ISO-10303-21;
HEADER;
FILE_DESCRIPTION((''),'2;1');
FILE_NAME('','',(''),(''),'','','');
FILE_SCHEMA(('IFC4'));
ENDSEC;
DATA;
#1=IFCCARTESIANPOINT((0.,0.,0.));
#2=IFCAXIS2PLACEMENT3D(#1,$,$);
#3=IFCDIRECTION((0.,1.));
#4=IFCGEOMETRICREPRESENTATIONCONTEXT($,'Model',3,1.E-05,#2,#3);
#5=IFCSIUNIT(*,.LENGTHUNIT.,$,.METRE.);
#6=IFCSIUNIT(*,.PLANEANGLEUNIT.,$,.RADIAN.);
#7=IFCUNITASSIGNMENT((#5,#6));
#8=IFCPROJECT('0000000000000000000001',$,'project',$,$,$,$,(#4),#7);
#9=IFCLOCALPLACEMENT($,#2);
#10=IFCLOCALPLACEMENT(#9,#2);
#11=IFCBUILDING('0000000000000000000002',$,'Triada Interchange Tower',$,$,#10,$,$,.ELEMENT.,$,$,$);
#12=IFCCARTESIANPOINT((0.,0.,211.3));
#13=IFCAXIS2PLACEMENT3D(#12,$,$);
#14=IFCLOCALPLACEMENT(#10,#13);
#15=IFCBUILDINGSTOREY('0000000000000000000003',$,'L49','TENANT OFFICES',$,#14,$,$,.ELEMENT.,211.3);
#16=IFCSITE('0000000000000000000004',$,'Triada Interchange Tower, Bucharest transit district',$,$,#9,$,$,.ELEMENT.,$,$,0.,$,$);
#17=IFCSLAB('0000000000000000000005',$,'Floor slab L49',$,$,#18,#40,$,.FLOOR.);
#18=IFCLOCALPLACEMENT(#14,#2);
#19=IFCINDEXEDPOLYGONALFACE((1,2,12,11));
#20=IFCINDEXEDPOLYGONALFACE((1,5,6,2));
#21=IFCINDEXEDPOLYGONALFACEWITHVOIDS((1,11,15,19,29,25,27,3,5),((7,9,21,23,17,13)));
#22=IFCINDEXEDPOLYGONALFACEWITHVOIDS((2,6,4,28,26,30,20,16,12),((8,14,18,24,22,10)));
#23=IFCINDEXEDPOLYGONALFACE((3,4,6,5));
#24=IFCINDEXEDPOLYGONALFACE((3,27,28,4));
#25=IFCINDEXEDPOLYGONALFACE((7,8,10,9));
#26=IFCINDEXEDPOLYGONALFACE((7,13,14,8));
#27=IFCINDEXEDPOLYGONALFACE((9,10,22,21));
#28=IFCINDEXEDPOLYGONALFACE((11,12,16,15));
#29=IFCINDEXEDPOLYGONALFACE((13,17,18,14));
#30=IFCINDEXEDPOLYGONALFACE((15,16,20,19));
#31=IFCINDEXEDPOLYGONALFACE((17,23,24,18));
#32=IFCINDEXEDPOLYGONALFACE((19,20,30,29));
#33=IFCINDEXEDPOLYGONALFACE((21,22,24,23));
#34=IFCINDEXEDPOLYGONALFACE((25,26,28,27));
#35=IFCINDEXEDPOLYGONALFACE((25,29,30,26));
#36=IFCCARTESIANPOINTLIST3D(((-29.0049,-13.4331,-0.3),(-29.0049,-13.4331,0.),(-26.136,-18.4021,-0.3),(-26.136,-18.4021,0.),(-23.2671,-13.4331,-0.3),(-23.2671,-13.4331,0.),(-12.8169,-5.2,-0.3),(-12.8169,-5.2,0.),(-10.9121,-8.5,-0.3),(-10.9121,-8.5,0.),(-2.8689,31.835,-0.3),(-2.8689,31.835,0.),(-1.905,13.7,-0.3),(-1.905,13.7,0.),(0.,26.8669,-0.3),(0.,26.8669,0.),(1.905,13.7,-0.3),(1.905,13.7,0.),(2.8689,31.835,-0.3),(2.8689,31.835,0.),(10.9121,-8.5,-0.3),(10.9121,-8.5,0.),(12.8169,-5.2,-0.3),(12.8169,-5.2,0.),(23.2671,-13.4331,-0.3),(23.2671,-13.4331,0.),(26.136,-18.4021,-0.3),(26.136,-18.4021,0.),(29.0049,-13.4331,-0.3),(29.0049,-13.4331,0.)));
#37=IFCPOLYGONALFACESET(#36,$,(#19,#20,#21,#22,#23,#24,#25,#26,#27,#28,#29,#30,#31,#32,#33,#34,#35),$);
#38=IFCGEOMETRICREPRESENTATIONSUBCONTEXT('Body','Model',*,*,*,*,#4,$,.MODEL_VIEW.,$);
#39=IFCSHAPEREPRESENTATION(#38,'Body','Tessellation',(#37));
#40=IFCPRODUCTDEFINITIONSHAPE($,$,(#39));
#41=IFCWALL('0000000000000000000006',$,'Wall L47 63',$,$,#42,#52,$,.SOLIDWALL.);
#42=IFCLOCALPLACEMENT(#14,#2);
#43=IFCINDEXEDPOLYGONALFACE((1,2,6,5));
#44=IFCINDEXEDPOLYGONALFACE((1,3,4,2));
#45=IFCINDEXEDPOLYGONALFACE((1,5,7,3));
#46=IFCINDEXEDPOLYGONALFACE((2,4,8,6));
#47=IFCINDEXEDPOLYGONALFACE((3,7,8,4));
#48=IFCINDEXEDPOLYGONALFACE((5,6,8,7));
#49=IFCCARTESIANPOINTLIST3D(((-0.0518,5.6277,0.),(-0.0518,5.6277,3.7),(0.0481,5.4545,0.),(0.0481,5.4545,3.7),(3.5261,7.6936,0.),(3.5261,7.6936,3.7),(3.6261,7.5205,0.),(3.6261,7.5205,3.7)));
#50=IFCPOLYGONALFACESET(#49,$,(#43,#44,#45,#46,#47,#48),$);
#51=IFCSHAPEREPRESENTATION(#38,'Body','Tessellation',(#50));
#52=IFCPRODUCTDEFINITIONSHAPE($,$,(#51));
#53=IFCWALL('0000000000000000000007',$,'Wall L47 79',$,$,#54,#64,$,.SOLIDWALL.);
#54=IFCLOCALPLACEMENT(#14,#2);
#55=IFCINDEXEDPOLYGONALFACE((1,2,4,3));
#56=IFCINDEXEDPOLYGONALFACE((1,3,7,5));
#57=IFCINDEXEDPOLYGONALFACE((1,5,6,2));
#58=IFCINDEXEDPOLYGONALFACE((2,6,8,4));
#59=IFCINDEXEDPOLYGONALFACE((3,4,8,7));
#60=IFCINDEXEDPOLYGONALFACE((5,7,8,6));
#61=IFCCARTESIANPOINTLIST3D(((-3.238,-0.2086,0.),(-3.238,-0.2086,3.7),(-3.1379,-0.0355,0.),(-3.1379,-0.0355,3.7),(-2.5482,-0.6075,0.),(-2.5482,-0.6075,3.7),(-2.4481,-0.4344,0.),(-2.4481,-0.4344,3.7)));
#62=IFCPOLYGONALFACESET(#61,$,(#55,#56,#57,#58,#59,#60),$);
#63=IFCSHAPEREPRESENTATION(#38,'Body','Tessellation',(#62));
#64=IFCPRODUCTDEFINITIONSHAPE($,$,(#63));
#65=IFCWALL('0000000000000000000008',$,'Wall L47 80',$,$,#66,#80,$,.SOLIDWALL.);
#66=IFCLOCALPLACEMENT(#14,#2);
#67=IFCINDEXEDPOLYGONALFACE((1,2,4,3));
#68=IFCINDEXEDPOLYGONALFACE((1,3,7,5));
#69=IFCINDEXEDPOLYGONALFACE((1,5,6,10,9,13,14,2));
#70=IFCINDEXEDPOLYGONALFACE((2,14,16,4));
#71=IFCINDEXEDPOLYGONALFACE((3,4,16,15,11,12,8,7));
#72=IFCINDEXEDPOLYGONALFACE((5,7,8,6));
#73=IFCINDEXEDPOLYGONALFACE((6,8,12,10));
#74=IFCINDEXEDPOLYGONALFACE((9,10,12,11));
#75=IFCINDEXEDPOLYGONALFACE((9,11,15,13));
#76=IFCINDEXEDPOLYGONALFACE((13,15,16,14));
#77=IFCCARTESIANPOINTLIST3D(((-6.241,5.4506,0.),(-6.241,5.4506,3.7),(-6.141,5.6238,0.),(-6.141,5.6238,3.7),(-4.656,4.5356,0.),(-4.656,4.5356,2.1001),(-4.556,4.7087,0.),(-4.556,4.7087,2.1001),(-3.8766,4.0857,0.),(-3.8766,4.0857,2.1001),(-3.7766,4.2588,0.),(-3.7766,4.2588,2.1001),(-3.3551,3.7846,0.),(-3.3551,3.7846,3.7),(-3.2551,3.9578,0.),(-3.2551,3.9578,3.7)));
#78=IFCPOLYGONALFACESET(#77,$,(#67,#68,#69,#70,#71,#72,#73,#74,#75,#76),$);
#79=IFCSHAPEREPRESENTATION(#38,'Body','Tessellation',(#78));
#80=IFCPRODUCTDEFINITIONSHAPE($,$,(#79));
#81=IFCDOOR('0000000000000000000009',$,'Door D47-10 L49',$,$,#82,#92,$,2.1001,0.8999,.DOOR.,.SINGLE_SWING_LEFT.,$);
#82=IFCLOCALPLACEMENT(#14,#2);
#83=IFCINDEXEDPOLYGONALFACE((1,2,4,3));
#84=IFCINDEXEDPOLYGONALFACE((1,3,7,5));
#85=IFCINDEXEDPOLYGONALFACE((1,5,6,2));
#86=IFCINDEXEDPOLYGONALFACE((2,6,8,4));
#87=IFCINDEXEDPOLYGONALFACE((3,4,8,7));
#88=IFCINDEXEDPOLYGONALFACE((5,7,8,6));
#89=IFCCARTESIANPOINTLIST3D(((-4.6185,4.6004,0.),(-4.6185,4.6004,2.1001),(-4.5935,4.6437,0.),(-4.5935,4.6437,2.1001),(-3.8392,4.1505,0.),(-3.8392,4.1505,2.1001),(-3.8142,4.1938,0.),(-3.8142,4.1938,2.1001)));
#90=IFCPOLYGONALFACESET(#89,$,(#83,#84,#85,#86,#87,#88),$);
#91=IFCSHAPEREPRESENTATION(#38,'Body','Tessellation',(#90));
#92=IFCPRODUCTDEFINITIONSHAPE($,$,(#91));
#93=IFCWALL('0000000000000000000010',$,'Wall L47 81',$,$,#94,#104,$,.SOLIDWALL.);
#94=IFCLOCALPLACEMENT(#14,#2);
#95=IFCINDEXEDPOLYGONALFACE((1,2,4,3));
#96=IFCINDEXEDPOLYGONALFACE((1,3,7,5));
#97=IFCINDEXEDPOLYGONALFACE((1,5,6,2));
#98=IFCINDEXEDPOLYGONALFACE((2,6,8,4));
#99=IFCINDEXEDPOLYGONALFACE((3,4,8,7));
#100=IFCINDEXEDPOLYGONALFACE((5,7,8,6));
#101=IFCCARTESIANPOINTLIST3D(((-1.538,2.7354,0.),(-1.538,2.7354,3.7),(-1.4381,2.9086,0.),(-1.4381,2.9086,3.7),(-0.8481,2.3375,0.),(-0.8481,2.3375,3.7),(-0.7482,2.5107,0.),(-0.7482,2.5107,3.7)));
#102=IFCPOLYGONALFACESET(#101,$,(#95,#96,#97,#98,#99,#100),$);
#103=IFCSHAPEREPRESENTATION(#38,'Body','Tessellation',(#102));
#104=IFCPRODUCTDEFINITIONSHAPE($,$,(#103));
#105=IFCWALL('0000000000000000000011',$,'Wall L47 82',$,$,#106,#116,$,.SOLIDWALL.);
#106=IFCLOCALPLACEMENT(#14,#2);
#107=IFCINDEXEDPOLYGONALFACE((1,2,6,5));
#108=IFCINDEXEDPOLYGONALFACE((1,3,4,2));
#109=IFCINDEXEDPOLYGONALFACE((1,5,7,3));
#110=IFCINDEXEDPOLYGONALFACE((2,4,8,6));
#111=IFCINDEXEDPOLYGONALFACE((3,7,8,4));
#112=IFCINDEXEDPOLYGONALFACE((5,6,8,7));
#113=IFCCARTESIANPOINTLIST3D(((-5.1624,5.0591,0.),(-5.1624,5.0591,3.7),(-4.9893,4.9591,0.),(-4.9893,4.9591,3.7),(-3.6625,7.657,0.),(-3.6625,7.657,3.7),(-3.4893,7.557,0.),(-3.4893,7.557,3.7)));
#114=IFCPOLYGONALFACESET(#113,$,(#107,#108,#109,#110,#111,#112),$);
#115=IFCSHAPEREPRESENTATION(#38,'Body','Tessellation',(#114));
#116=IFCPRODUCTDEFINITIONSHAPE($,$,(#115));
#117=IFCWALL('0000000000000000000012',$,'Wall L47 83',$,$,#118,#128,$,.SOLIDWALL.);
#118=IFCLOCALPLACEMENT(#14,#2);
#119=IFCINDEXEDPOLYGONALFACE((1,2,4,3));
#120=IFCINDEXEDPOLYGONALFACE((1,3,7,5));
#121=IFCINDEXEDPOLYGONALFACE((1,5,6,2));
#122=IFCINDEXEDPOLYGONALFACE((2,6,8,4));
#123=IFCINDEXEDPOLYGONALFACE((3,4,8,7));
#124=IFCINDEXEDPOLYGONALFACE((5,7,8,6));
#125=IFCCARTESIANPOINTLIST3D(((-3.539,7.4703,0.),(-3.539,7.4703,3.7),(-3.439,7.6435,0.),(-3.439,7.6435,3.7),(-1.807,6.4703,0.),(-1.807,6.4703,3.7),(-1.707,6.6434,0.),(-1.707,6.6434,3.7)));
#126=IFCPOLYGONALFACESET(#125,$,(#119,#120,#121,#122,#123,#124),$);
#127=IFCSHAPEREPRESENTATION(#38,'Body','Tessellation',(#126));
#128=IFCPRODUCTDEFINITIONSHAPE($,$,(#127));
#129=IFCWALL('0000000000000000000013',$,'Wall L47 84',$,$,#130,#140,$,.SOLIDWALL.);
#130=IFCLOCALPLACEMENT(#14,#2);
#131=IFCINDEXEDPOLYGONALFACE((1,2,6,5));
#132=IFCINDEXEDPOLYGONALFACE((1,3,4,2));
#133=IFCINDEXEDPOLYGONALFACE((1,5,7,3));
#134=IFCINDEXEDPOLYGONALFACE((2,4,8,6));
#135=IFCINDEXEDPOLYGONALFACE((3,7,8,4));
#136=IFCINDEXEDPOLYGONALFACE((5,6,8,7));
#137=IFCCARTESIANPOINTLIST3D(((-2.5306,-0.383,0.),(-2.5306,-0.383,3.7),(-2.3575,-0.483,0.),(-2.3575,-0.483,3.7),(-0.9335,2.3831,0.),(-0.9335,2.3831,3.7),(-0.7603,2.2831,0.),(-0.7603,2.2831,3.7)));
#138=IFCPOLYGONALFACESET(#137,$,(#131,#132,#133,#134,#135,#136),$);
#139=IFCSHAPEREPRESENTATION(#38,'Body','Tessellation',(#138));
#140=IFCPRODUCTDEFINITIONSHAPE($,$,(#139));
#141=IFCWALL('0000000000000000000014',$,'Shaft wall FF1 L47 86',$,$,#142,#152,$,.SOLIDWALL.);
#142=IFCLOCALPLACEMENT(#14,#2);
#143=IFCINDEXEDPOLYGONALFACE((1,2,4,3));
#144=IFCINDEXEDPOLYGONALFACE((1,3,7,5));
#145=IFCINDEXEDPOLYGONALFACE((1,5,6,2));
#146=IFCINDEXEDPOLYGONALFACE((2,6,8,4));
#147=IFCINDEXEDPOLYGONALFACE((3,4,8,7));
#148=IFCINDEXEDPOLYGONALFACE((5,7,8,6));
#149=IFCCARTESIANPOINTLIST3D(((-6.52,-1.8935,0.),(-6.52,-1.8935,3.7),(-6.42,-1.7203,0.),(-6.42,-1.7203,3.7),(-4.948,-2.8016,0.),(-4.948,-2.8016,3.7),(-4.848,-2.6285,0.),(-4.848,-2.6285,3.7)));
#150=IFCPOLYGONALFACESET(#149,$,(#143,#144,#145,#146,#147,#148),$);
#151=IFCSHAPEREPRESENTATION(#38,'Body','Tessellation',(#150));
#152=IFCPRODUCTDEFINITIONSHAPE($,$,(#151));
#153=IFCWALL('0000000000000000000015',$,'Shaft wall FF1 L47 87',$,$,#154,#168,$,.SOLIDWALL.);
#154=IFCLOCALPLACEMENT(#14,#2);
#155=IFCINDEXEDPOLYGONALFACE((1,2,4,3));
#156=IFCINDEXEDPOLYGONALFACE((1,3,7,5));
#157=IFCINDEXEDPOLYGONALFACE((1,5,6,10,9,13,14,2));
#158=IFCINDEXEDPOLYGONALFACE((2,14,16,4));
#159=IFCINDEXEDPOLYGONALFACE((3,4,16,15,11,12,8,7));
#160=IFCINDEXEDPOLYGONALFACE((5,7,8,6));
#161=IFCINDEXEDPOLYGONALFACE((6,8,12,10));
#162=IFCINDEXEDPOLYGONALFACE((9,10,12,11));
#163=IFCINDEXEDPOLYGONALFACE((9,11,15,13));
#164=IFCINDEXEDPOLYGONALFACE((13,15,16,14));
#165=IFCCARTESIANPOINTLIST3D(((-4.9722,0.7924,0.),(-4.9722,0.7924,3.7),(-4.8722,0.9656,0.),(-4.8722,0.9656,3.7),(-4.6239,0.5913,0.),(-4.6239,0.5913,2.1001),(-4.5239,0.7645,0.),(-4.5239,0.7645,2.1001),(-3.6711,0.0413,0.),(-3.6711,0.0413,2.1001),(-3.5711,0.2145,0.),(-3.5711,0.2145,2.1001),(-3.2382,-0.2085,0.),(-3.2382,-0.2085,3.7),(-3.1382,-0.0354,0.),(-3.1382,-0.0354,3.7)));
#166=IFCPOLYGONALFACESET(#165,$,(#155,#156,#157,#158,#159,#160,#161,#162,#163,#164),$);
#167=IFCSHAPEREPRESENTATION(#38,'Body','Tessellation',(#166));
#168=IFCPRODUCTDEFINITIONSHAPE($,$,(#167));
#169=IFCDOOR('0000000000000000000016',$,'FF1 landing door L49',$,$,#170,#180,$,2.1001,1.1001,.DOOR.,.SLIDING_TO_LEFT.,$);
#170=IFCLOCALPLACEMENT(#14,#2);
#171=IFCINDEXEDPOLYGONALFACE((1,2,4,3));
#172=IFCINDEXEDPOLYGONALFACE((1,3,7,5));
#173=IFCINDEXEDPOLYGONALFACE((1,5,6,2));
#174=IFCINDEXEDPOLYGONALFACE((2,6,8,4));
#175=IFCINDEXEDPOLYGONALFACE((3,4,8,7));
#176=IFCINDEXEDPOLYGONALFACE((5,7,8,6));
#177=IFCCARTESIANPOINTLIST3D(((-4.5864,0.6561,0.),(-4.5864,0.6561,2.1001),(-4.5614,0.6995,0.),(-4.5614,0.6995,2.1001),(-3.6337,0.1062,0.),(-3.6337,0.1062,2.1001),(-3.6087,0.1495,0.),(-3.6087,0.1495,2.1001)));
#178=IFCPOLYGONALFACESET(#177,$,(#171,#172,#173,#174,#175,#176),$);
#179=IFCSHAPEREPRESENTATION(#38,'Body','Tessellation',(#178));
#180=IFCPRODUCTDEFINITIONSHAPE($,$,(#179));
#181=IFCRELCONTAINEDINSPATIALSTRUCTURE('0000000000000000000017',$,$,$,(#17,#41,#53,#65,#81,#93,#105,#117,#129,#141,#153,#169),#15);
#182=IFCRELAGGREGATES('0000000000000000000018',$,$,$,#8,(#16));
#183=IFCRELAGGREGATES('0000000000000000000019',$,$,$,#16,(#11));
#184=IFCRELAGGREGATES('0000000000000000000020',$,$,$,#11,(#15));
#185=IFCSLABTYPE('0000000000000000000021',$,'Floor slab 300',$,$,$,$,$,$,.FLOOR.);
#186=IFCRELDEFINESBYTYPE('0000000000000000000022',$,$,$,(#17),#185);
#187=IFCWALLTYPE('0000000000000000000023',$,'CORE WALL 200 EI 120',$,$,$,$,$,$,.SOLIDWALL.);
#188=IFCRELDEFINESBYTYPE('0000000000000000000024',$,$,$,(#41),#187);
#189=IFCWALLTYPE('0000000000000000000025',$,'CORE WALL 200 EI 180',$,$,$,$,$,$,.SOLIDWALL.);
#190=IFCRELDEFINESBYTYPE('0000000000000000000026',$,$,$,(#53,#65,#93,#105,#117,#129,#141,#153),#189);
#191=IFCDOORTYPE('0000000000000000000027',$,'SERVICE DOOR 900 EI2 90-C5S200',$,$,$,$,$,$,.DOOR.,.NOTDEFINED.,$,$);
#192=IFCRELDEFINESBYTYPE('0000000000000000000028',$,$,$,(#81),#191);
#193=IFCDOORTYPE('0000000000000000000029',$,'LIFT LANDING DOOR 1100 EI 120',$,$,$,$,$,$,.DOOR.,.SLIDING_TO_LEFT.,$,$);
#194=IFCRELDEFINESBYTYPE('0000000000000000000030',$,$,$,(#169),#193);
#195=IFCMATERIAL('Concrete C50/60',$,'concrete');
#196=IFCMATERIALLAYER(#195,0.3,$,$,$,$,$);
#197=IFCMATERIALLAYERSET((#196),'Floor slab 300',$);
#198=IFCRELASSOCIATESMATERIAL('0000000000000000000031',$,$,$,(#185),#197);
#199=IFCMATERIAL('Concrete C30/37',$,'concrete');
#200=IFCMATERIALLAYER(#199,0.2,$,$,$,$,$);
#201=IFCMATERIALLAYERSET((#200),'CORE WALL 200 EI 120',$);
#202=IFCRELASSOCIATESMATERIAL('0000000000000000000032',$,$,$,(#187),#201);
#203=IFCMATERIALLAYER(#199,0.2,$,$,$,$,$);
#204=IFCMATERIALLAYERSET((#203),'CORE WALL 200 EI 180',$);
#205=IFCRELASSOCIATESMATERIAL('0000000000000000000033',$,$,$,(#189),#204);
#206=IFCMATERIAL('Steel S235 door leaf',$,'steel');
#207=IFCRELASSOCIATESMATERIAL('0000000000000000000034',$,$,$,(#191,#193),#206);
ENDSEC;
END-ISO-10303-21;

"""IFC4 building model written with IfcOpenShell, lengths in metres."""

from ifc_helpers import new_model, si_unit, direction, frame, frame_2d, origin, place, context, subcontext, project, spatial, polyline, rectangle, outline, extrude, material, layer, layer_set, type_object, element, fill, save


model = new_model("IFC4")

# Units and contexts
model_context = context("Model", 3, precision=1e-05, world=origin(), true_north=direction((0.0, 1.0)))
body_context = subcontext(model_context, "Body", "Model", "MODEL_VIEW")
ifc_project = project(units=[si_unit("LENGTHUNIT", "METRE"), si_unit("PLANEANGLEUNIT", "RADIAN")], contexts=[model_context])

# Site, building, storey
site_placement = place(None, origin())
site = spatial("IfcSite", under=ifc_project, at=site_placement, Name="Triada Interchange Tower, Bucharest transit district", CompositionType="ELEMENT", RefElevation=0.0)
building_placement = place(site_placement, origin())
building = spatial("IfcBuilding", under=site, at=building_placement, Name="Triada Interchange Tower", CompositionType="ELEMENT")
storey_placement = place(building_placement, frame((0.0, 0.0, 211.3)))
storey = spatial("IfcBuildingStorey", under=building, at=storey_placement, Name="L49", Description="TENANT OFFICES", CompositionType="ELEMENT", Elevation=211.3)

# Slab
ifc_material_1 = material(Name="Concrete C50/60", Category="concrete")
ifc_layer_1 = layer(ifc_material_1, 0.3)
ifc_layer_set_1 = layer_set([ifc_layer_1], Name="Floor slab 300")
slab_type = type_object("IfcSlabType", Name="Floor slab 300", PredefinedType="FLOOR", material=ifc_layer_set_1)
slab_placement = place(storey_placement, frame((0.0, 0.0, -0.3)))
element("IfcSlab", 1, at=slab_placement, inside=storey, type_object=slab_type, Name="Floor slab L49", PredefinedType="FLOOR", context=body_context, shape_type="SweptSolid", body=[
    extrude(outline(polyline([(-2.8689, 31.835), (-29.0049, -13.4331), (-23.2671, -13.4331), (-26.136, -18.4021), (26.136, -18.4021), (23.2671, -13.4331), (29.0049, -13.4331), (2.8689, 31.835), (0.0, 26.8669), (-2.8689, 31.835)]), holes=[polyline([(1.905, 13.7), (-1.905, 13.7), (-12.8169, -5.2), (-10.9121, -8.5), (10.9121, -8.5), (12.8169, -5.2), (1.905, 13.7)])]), origin(), (0.0, 0.0, 1.0), 0.3),
])

# Walls
ifc_material_2 = material(Name="Concrete C30/37", Category="concrete")
ifc_layer_2 = layer(ifc_material_2, 0.2)
ifc_layer_set_2 = layer_set([ifc_layer_2], Name="CORE WALL 200 EI 120")
wall_type_1 = type_object("IfcWallType", Name="CORE WALL 200 EI 120", PredefinedType="SOLIDWALL", material=ifc_layer_set_2)
wall_1_placement = place(storey_placement, frame((-0.002, 5.541, 0.0), z_axis=(0.0, 0.0, 1.0), x_axis=(0.866002, 0.500041, 0.0)))
element("IfcWall", 2, at=wall_1_placement, inside=storey, type_object=wall_type_1, Name="Wall L47 63", PredefinedType="SOLIDWALL", context=body_context, shape_type="SweptSolid", body=[
    extrude(rectangle(XDim=4.1316, YDim=0.2, at=frame_2d((2.0659, 0.0))), origin(), (0.0, 0.0, 1.0), 3.7),
])
ifc_layer_3 = layer(ifc_material_2, 0.2)
ifc_layer_set_3 = layer_set([ifc_layer_3], Name="CORE WALL 200 EI 180")
wall_type_2 = type_object("IfcWallType", Name="CORE WALL 200 EI 180", PredefinedType="SOLIDWALL", material=ifc_layer_set_3)
wall_2_placement = place(storey_placement, frame((-3.188, -0.1221, 0.0), z_axis=(0.0, 0.0, 1.0), x_axis=(0.865706, -0.500553, 0.0)))
element("IfcWall", 3, at=wall_2_placement, inside=storey, type_object=wall_type_2, Name="Wall L47 79", PredefinedType="SOLIDWALL", context=body_context, shape_type="SweptSolid", body=[
    extrude(rectangle(XDim=0.7969, YDim=0.2, at=frame_2d((0.3984, 0.0))), origin(), (0.0, 0.0, 1.0), 3.7),
])

# Wall, opening, door
wall_3_placement = place(storey_placement, frame((-6.1909, 5.5371, 0.0), z_axis=(0.0, 0.0, 1.0), x_axis=(0.866053, -0.499953, 0.0)))
wall_3 = element("IfcWall", 4, at=wall_3_placement, inside=storey, type_object=wall_type_2, Name="Wall L47 80", PredefinedType="SOLIDWALL", context=body_context, shape_type="SweptSolid", body=[
    extrude(rectangle(XDim=3.3323, YDim=0.2, at=frame_2d((1.666, 0.0))), origin(), (0.0, 0.0, 1.0), 3.7),
])
opening_1_placement = place(wall_3_placement, frame((1.8301, 0.0, 0.0)))
opening_1 = element("IfcOpeningElement", 5, at=opening_1_placement, cuts=wall_3, PredefinedType="OPENING", context=body_context, shape_type="SweptSolid", body=[
    extrude(rectangle(XDim=0.8999, YDim=2.1001, at=frame_2d((0.45, 1.05))), frame((0.0, 0.1099, 0.0), z_axis=(0.0, -1.0, 0.0), x_axis=(1.0, 0.0, 0.0)), (0.0, 0.0, 1.0), 0.22),
])
ifc_material_3 = material(Name="Steel S235 door leaf", Category="steel")
door_type_1 = type_object("IfcDoorType", Name="SERVICE DOOR 900 EI2 90-C5S200", OperationType="NOTDEFINED", PredefinedType="DOOR", material=ifc_material_3)
door_1_placement = place(opening_1_placement, origin())
door_1 = element("IfcDoor", 6, at=door_1_placement, inside=storey, type_object=door_type_1, Name="Door D47-10 L49", OperationType="SINGLE_SWING_LEFT", OverallHeight=2.1001, OverallWidth=0.8999, PredefinedType="DOOR", context=body_context, shape_type="SweptSolid", body=[
    extrude(rectangle(XDim=0.8999, YDim=2.1001, at=frame_2d((0.45, 1.05))), frame((0.0, 0.0249, 0.0), z_axis=(0.0, -1.0, 0.0), x_axis=(1.0, 0.0, 0.0)), (0.0, 0.0, 1.0), 0.05),
])
fill(opening_1, door_1)

# Walls
wall_4_placement = place(storey_placement, frame((-1.488, 2.822, 0.0), z_axis=(0.0, 0.0, 1.0), x_axis=(0.866237, -0.499634, 0.0)))
element("IfcWall", 7, at=wall_4_placement, inside=storey, type_object=wall_type_2, Name="Wall L47 81", PredefinedType="SOLIDWALL", context=body_context, shape_type="SweptSolid", body=[
    extrude(rectangle(XDim=0.7964, YDim=0.2, at=frame_2d((0.3982, 0.0))), origin(), (0.0, 0.0, 1.0), 3.7),
])
wall_5_placement = place(storey_placement, frame((-5.0759, 5.009, 0.0), z_axis=(0.0, 0.0, 1.0), x_axis=(0.500025, 0.866011, 0.0)))
element("IfcWall", 8, at=wall_5_placement, inside=storey, type_object=wall_type_2, Name="Wall L47 82", PredefinedType="SOLIDWALL", context=body_context, shape_type="SweptSolid", body=[
    extrude(rectangle(XDim=2.9998, YDim=0.2, at=frame_2d((1.5, 0.0))), origin(), (0.0, 0.0, 1.0), 3.7),
])
wall_6_placement = place(storey_placement, frame((-3.489, 7.5569, 0.0), z_axis=(0.0, 0.0, 1.0), x_axis=(0.866011, -0.500025, 0.0)))
element("IfcWall", 9, at=wall_6_placement, inside=storey, type_object=wall_type_2, Name="Wall L47 83", PredefinedType="SOLIDWALL", context=body_context, shape_type="SweptSolid", body=[
    extrude(rectangle(XDim=2.0, YDim=0.2, at=frame_2d((1.0, 0.0))), origin(), (0.0, 0.0, 1.0), 3.7),
])
wall_7_placement = place(storey_placement, frame((-2.4441, -0.4331, 0.0), z_axis=(0.0, 0.0, 1.0), x_axis=(0.500036, 0.866005, 0.0)))
element("IfcWall", 10, at=wall_7_placement, inside=storey, type_object=wall_type_2, Name="Wall L47 84", PredefinedType="SOLIDWALL", context=body_context, shape_type="SweptSolid", body=[
    extrude(rectangle(XDim=3.1941, YDim=0.2, at=frame_2d((1.5972, 0.0))), origin(), (0.0, 0.0, 1.0), 3.7),
])
wall_8_placement = place(storey_placement, frame((-6.47, -1.8069, 0.0), z_axis=(0.0, 0.0, 1.0), x_axis=(0.865883, -0.500246, 0.0)))
element("IfcWall", 11, at=wall_8_placement, inside=storey, type_object=wall_type_2, Name="Shaft wall FF1 L47 86", PredefinedType="SOLIDWALL", context=body_context, shape_type="SweptSolid", body=[
    extrude(rectangle(XDim=1.8154, YDim=0.2, at=frame_2d((0.9077, 0.0))), origin(), (0.0, 0.0, 1.0), 3.7),
])

# Wall, opening, door
wall_9_placement = place(storey_placement, frame((-4.9221, 0.8789, 0.0), z_axis=(0.0, 0.0, 1.0), x_axis=(0.866074, -0.499916, 0.0)))
wall_9 = element("IfcWall", 12, at=wall_9_placement, inside=storey, type_object=wall_type_2, Name="Shaft wall FF1 L47 87", PredefinedType="SOLIDWALL", context=body_context, shape_type="SweptSolid", body=[
    extrude(rectangle(XDim=2.0022, YDim=0.2, at=frame_2d((1.001, 0.0))), origin(), (0.0, 0.0, 1.0), 3.7),
])
opening_2_placement = place(wall_9_placement, frame((0.4021, 0.0, 0.0)))
opening_2 = element("IfcOpeningElement", 13, at=opening_2_placement, cuts=wall_9, PredefinedType="OPENING", context=body_context, shape_type="SweptSolid", body=[
    extrude(rectangle(XDim=1.1001, YDim=2.1001, at=frame_2d((0.55, 1.05))), frame((0.0, 0.1099, 0.0), z_axis=(0.0, -1.0, 0.0), x_axis=(1.0, 0.0, 0.0)), (0.0, 0.0, 1.0), 0.22),
])
door_type_2 = type_object("IfcDoorType", Name="LIFT LANDING DOOR 1100 EI 120", OperationType="SLIDING_TO_LEFT", PredefinedType="DOOR", material=ifc_material_3)
door_2_placement = place(opening_2_placement, origin())
door_2 = element("IfcDoor", 14, at=door_2_placement, inside=storey, type_object=door_type_2, Name="FF1 landing door L49", OperationType="SLIDING_TO_LEFT", OverallHeight=2.1001, OverallWidth=1.1001, PredefinedType="DOOR", context=body_context, shape_type="SweptSolid", body=[
    extrude(rectangle(XDim=1.1001, YDim=2.1001, at=frame_2d((0.55, 1.05))), frame((0.0, 0.0249, 0.0), z_axis=(0.0, -1.0, 0.0), x_axis=(1.0, 0.0, 0.0)), (0.0, 0.0, 1.0), 0.05),
])
fill(opening_2, door_2)

save(model, "model.ifc")
